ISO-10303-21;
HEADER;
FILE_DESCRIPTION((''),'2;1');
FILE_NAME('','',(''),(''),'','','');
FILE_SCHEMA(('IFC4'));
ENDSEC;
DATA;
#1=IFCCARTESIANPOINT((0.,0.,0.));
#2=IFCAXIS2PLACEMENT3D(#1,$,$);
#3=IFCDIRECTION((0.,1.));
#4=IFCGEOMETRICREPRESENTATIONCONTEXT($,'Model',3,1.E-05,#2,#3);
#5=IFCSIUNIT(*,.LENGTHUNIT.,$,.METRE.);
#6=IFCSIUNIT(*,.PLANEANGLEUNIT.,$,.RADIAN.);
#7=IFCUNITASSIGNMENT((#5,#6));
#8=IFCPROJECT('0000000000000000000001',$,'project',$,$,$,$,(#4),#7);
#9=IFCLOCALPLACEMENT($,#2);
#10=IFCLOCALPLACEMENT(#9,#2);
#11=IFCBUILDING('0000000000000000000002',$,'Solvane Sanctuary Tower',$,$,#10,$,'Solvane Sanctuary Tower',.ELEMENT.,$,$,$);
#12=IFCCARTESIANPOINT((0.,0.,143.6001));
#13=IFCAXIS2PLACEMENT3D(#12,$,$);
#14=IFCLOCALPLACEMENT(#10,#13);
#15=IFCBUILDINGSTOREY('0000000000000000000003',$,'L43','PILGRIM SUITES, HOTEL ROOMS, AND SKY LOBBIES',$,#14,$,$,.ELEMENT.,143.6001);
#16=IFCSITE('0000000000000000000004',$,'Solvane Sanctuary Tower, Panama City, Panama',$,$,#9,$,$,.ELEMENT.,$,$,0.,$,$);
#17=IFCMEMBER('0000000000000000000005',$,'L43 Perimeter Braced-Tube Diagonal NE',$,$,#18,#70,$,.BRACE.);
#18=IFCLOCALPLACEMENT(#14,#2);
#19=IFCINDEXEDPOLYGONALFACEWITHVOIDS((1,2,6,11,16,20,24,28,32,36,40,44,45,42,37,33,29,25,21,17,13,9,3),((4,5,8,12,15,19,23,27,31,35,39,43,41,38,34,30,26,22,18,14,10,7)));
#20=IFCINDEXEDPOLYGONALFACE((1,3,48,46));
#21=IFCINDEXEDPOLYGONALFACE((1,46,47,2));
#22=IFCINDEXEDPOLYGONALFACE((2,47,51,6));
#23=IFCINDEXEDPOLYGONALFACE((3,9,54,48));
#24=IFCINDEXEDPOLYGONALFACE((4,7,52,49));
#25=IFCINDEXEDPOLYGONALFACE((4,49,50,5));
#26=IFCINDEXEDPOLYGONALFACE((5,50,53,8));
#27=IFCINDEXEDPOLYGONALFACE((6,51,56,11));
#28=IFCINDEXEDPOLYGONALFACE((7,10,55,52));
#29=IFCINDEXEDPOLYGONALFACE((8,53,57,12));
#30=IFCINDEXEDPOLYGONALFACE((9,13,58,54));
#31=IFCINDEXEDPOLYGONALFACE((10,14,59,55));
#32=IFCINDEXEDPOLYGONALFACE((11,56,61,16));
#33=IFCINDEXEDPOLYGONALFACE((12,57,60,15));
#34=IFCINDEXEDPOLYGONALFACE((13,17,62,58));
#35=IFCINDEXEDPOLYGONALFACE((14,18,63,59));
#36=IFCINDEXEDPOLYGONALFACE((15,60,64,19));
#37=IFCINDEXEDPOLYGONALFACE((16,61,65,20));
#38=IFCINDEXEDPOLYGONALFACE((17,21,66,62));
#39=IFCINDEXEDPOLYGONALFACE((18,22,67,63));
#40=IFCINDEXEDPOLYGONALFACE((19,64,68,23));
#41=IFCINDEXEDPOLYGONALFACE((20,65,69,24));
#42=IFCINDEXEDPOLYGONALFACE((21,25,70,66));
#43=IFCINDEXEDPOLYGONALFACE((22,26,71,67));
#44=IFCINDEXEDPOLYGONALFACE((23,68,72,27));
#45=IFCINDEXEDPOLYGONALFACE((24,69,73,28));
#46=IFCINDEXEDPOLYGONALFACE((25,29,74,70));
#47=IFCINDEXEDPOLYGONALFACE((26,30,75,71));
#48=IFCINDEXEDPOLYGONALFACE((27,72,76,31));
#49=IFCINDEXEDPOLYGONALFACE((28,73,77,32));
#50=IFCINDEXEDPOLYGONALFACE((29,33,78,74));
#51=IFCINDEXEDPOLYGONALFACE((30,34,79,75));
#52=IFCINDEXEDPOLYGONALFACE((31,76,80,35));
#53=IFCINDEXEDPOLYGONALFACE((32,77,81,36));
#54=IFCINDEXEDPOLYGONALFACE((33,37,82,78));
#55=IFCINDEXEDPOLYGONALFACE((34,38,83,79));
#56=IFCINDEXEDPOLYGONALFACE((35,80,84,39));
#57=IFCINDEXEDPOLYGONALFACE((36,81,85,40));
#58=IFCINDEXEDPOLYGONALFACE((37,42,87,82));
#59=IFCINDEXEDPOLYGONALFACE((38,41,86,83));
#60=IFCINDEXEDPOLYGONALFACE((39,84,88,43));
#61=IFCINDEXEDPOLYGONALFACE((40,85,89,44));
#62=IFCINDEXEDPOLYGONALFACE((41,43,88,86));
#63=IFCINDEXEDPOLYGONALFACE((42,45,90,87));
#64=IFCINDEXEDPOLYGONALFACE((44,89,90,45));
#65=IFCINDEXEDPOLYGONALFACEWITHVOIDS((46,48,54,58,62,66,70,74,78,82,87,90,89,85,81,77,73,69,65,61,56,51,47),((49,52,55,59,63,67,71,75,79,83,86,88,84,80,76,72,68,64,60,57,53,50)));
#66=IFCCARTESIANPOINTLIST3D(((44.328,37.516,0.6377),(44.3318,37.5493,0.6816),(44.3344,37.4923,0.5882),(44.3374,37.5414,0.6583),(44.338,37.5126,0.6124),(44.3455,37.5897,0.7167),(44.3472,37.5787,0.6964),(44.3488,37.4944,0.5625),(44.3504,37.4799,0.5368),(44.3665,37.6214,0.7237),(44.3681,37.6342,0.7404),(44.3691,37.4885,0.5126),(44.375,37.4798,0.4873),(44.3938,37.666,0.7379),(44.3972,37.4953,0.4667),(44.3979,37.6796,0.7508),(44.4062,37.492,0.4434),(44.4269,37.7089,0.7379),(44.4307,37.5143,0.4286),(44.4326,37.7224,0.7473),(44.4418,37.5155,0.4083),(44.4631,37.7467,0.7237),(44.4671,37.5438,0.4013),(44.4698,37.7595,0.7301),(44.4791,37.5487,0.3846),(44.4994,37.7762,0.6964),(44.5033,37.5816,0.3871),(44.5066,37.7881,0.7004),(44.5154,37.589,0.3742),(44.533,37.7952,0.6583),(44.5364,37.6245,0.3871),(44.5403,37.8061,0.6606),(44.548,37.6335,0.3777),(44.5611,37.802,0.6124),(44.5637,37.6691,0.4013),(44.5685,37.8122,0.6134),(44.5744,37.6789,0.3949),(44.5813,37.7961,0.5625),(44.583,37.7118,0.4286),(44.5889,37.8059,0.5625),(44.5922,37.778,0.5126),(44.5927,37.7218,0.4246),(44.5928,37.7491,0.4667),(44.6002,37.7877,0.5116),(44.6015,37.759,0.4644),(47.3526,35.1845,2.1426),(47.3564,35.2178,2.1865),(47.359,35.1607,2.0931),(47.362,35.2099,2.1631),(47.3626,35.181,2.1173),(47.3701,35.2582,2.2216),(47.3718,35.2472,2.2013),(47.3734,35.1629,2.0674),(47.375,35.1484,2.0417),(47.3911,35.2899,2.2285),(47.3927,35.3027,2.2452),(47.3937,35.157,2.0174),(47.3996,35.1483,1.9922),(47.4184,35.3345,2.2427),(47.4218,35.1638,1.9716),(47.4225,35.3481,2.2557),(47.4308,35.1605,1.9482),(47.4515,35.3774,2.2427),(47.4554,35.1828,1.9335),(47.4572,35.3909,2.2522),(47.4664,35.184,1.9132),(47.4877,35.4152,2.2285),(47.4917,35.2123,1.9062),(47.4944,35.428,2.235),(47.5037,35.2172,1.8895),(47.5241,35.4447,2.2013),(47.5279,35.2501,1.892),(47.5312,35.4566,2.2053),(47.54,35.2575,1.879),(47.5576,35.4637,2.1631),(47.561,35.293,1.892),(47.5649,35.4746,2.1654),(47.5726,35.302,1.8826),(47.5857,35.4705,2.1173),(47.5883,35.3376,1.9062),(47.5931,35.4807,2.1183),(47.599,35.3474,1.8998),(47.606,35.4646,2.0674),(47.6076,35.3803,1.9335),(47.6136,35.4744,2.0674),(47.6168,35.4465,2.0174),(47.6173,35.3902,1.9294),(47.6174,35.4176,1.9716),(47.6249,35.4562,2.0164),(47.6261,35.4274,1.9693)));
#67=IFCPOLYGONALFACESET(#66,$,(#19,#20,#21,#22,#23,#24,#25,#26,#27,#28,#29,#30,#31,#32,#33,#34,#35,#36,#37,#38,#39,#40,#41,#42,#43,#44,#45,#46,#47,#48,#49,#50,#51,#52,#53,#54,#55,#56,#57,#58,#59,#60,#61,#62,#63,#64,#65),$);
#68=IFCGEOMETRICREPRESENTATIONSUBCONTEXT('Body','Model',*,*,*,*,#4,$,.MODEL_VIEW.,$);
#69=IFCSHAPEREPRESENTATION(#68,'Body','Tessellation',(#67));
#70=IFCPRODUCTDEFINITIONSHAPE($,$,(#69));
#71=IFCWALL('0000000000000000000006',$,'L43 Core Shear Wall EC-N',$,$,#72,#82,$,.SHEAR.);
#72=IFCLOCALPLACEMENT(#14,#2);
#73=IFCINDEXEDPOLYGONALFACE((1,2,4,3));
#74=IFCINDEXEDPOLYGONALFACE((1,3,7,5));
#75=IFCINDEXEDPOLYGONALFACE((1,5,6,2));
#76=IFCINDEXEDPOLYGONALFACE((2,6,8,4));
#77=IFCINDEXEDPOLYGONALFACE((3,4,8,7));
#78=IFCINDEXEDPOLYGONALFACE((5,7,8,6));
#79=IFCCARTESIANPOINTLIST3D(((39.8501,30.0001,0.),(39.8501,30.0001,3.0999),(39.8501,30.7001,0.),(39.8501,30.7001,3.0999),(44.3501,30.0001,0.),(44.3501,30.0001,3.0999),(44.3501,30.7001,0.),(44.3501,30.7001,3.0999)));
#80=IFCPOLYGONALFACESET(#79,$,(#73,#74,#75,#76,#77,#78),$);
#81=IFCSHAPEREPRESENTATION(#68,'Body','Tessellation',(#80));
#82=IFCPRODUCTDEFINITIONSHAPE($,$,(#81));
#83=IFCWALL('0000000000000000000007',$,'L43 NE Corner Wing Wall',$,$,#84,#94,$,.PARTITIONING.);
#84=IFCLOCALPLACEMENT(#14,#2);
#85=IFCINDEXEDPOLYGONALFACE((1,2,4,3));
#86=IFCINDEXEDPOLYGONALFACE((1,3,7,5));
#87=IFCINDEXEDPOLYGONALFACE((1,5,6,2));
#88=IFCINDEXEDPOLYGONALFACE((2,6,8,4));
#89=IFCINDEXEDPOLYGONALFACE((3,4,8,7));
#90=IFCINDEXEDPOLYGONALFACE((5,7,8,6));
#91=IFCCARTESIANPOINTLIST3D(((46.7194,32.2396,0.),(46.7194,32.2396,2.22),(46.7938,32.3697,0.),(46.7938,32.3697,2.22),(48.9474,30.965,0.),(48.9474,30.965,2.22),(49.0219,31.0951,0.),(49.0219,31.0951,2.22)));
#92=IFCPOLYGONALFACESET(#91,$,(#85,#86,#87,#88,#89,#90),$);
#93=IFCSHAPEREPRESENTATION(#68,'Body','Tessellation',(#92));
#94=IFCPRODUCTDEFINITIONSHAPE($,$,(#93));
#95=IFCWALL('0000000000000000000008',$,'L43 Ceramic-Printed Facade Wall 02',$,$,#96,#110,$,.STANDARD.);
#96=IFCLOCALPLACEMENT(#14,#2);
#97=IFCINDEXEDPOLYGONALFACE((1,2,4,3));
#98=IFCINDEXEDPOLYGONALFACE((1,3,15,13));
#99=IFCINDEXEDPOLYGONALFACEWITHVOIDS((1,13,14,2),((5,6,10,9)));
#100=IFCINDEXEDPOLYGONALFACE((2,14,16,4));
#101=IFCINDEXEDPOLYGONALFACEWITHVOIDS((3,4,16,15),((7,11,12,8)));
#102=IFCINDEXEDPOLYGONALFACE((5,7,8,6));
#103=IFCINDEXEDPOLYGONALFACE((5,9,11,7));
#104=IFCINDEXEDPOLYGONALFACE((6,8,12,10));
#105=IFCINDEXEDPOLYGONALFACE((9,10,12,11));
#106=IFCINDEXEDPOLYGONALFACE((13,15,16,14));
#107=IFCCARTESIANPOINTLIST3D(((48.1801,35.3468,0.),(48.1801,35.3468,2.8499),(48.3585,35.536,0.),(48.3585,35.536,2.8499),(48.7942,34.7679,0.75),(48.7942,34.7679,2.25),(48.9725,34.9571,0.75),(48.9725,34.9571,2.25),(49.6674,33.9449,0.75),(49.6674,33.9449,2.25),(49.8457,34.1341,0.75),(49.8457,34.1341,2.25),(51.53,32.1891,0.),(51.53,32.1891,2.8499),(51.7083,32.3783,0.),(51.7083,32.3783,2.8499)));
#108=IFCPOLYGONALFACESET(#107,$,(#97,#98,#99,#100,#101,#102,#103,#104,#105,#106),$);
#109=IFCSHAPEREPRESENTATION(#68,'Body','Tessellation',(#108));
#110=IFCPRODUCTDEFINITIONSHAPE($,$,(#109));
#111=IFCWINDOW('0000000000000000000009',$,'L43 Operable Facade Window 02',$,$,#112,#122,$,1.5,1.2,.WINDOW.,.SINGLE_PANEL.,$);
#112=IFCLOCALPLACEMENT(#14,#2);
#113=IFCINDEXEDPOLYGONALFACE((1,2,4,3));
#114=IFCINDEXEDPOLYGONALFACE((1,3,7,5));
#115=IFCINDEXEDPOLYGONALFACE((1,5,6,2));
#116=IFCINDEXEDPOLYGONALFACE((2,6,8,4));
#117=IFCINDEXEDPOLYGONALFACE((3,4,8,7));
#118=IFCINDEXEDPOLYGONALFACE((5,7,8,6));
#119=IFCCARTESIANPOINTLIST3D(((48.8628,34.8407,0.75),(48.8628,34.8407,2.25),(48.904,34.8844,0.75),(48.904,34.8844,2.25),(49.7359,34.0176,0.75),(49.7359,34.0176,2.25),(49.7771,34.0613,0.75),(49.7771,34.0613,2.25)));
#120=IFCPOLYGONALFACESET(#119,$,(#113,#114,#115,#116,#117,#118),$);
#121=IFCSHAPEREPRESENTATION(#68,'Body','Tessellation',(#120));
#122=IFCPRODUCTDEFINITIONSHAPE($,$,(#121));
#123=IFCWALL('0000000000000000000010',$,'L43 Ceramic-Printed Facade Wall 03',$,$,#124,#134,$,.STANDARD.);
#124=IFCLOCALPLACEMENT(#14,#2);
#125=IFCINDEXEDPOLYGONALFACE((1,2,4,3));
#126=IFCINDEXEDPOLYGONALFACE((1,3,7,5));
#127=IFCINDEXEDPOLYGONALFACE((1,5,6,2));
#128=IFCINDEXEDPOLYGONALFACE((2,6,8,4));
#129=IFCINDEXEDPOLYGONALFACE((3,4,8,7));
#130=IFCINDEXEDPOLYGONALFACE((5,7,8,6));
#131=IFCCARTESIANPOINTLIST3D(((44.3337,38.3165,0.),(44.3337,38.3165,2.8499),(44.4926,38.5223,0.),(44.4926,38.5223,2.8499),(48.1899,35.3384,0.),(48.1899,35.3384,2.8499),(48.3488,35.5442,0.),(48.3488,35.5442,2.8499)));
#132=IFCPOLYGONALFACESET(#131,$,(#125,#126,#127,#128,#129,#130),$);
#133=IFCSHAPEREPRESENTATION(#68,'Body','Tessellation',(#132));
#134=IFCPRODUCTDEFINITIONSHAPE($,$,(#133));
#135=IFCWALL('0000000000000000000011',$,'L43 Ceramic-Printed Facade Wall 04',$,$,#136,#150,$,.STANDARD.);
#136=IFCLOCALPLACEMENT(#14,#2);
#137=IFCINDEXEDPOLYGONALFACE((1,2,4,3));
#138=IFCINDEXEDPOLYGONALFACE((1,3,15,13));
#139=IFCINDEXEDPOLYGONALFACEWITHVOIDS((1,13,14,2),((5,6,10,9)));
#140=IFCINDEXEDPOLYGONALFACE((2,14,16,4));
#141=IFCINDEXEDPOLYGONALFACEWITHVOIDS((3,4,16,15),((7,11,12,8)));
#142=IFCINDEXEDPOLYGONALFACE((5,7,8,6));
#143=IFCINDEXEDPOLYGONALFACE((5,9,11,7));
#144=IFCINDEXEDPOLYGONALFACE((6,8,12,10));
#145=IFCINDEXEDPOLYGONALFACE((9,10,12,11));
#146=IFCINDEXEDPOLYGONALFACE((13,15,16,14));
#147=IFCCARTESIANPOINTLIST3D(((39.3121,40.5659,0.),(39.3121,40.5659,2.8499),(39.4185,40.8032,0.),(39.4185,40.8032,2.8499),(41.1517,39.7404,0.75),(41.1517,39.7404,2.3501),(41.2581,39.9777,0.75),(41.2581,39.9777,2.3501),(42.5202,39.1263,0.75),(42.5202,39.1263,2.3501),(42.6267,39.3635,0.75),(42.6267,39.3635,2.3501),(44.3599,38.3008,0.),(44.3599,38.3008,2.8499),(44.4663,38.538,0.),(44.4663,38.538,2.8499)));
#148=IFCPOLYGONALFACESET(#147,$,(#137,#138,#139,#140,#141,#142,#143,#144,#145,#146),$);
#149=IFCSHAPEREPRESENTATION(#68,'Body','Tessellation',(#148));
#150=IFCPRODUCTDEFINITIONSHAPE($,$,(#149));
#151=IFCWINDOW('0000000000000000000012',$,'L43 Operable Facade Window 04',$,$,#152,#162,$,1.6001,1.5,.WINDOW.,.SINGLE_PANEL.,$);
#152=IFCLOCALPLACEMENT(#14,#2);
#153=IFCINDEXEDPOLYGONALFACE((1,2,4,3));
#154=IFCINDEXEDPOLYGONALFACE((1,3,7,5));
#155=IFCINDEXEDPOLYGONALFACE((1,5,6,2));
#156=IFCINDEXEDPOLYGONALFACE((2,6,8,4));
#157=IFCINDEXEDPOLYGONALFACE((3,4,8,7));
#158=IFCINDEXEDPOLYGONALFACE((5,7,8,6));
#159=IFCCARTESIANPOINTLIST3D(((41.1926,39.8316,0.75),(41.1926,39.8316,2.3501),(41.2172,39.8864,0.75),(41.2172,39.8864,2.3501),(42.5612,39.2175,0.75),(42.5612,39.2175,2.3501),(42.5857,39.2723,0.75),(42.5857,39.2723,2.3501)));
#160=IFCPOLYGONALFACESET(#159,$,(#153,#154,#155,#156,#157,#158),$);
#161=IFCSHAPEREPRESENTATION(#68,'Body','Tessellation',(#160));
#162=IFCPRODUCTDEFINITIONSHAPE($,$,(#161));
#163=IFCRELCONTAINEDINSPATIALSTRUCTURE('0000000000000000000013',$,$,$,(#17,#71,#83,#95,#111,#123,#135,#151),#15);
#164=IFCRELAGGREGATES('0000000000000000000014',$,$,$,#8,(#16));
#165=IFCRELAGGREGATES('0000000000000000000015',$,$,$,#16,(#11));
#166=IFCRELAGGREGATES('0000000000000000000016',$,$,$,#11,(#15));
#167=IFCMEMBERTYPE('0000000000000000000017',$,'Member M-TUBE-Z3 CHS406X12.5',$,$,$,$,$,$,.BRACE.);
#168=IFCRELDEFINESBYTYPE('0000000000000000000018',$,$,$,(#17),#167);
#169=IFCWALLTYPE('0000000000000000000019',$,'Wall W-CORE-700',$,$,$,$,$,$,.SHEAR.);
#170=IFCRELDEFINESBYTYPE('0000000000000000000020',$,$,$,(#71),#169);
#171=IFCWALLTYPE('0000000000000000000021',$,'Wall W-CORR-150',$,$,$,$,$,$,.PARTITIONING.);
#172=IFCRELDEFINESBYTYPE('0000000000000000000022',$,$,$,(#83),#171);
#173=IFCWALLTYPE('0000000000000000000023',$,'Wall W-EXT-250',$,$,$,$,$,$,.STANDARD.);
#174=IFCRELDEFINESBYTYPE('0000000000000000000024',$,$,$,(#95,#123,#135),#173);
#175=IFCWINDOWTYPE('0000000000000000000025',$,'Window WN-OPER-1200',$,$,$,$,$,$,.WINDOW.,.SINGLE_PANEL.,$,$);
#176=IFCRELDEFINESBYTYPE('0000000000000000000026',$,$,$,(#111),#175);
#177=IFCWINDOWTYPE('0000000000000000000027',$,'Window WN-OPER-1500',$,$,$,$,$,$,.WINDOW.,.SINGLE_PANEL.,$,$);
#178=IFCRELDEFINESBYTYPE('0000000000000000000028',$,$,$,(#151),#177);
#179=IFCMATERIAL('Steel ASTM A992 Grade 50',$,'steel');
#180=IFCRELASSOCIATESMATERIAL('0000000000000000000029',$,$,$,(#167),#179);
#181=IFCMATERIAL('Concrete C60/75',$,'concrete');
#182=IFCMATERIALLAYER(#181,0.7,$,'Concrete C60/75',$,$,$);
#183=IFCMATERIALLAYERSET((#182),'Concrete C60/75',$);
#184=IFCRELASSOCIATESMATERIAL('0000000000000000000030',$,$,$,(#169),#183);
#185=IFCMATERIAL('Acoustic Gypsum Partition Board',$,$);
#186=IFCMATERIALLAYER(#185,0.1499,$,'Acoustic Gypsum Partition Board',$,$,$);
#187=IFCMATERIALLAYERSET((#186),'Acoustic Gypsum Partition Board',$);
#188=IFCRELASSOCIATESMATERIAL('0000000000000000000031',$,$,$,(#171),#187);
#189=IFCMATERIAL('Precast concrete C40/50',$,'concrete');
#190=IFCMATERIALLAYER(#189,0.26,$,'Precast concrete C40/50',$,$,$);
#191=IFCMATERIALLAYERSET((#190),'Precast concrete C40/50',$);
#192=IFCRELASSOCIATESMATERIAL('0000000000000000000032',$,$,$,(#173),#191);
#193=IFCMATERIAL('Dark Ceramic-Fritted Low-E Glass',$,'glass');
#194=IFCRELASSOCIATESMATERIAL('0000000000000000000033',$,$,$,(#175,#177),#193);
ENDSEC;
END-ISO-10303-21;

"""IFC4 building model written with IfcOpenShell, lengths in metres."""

from ifc_helpers import new_model, si_unit, direction, frame, frame_2d, origin, origin_2d, place, context, subcontext, project, spatial, rectangle, hollow_circle, extrude, material, layer, layer_set, material_profile, profile_set, type_object, element, fill, save


model = new_model("IFC4")

# Units and contexts
model_context = context("Model", 3, precision=1e-05, world=origin(), true_north=direction((0.0, 1.0)))
body_context = subcontext(model_context, "Body", "Model", "MODEL_VIEW")
ifc_project = project(units=[si_unit("LENGTHUNIT", "METRE"), si_unit("PLANEANGLEUNIT", "RADIAN")], contexts=[model_context])

# Site, building, storey
site_placement = place(None, origin())
site = spatial("IfcSite", under=ifc_project, at=site_placement, Name="Solvane Sanctuary Tower, Panama City, Panama", CompositionType="ELEMENT", RefElevation=0.0)
building_placement = place(site_placement, origin())
building = spatial("IfcBuilding", under=site, at=building_placement, Name="Solvane Sanctuary Tower", LongName="Solvane Sanctuary Tower", CompositionType="ELEMENT")
storey_placement = place(building_placement, frame((0.0, 0.0, 143.6001)))
storey = spatial("IfcBuildingStorey", under=building, at=storey_placement, Name="L43", Description="PILGRIM SUITES, HOTEL ROOMS, AND SKY LOBBIES", CompositionType="ELEMENT", Elevation=143.6001)

# Shared definitions
ifc_material_1 = material(Name="Concrete C60/75", Category="concrete")

# Shared definitions
ifc_material_2 = material(Name="Steel ASTM A992 Grade 50", Category="steel")

# Member
ifc_material_profile_1 = material_profile(ifc_material_2, hollow_circle(Radius=0.2029, WallThickness=0.0125, at=origin_2d()), Name="CHS406X12.5")
ifc_profile_set_1 = profile_set([ifc_material_profile_1], Name="Steel ASTM A992 Grade 50")
member_type = type_object("IfcMemberType", Name="Member M-TUBE-Z3 CHS406X12.5", PredefinedType="BRACE", material=ifc_profile_set_1)
member_placement = place(storey_placement, frame((44.4651, 37.6453, 0.5625), z_axis=(0.73686, -0.568005, 0.366616), x_axis=(0.610514, 0.792006, 0.0)))
element("IfcMember", 1, at=member_placement, inside=storey, type_object=member_type, Name="L43 Perimeter Braced-Tube Diagonal NE", PredefinedType="BRACE", context=body_context, shape_type="SweptSolid", body=[
    extrude(hollow_circle(Radius=0.2029, WallThickness=0.0125, at=origin_2d()), origin(), (0.0, 0.0, 1.0), 4.1047),
])

# Walls
ifc_layer_1 = layer(ifc_material_1, 0.7, Name="Concrete C60/75")
ifc_layer_set_1 = layer_set([ifc_layer_1], Name="Concrete C60/75")
wall_type_1 = type_object("IfcWallType", Name="Wall W-CORE-700", PredefinedType="SHEAR", material=ifc_layer_set_1)
wall_1_placement = place(storey_placement, frame((39.8501, 30.3501, 0.0), z_axis=(0.0, 0.0, 1.0), x_axis=(1.0, 0.0, 0.0)))
element("IfcWall", 2, at=wall_1_placement, inside=storey, type_object=wall_type_1, Name="L43 Core Shear Wall EC-N", PredefinedType="SHEAR", context=body_context, shape_type="SweptSolid", body=[
    extrude(rectangle(XDim=4.5, YDim=0.7, at=frame_2d((2.25, 0.0))), origin(), (0.0, 0.0, 1.0), 3.0999),
])
ifc_material_3 = material(Name="Acoustic Gypsum Partition Board")
ifc_layer_2 = layer(ifc_material_3, 0.1499, Name="Acoustic Gypsum Partition Board")
ifc_layer_set_2 = layer_set([ifc_layer_2], Name="Acoustic Gypsum Partition Board")
wall_type_2 = type_object("IfcWallType", Name="Wall W-CORR-150", PredefinedType="PARTITIONING", material=ifc_layer_set_2)
wall_2_placement = place(storey_placement, frame((46.7566, 32.3047, 0.0), z_axis=(0.0, 0.0, 1.0), x_axis=(0.867991, -0.496579, 0.0)))
element("IfcWall", 3, at=wall_2_placement, inside=storey, type_object=wall_type_2, Name="L43 NE Corner Wing Wall", PredefinedType="PARTITIONING", context=body_context, shape_type="SweptSolid", body=[
    extrude(rectangle(XDim=2.5669, YDim=0.1499, at=frame_2d((1.2834, 0.0))), origin(), (0.0, 0.0, 1.0), 2.22),
])

# Wall, opening, window
ifc_material_4 = material(Name="Precast concrete C40/50", Category="concrete")
ifc_layer_3 = layer(ifc_material_4, 0.26, Name="Precast concrete C40/50")
ifc_layer_set_3 = layer_set([ifc_layer_3], Name="Precast concrete C40/50")
wall_type_3 = type_object("IfcWallType", Name="Wall W-EXT-250", PredefinedType="STANDARD", material=ifc_layer_set_3)
wall_3_placement = place(storey_placement, frame((51.6191, 32.2837, 0.0), z_axis=(0.0, 0.0, 1.0), x_axis=(-0.727667, 0.68593, 0.0)))
wall_3 = element("IfcWall", 4, at=wall_3_placement, inside=storey, type_object=wall_type_3, Name="L43 Ceramic-Printed Facade Wall 02", PredefinedType="STANDARD", context=body_context, shape_type="SweptSolid", body=[
    extrude(rectangle(XDim=4.6035, YDim=0.26, at=frame_2d((2.3018, 0.0))), origin(), (0.0, 0.0, 1.0), 2.8499),
])
opening_1_placement = place(wall_3_placement, frame((2.5596, 0.0, 0.75)))
opening_1 = element("IfcOpeningElement", 5, at=opening_1_placement, cuts=wall_3, PredefinedType="OPENING", context=body_context, shape_type="SweptSolid", body=[
    extrude(rectangle(XDim=1.2, YDim=1.5, at=frame_2d((0.6001, 0.75))), frame((0.0, 0.1399, 0.0), z_axis=(0.0, -1.0, 0.0), x_axis=(1.0, 0.0, 0.0)), (0.0, 0.0, 1.0), 0.28),
])
ifc_material_5 = material(Name="Dark Ceramic-Fritted Low-E Glass", Category="glass")
window_type_1 = type_object("IfcWindowType", Name="Window WN-OPER-1200", PartitioningType="SINGLE_PANEL", PredefinedType="WINDOW", material=ifc_material_5)
window_1_placement = place(opening_1_placement, origin())
window_1 = element("IfcWindow", 6, at=window_1_placement, inside=storey, type_object=window_type_1, Name="L43 Operable Facade Window 02", OverallHeight=1.5, OverallWidth=1.2, PartitioningType="SINGLE_PANEL", PredefinedType="WINDOW", context=body_context, shape_type="SweptSolid", body=[
    extrude(rectangle(XDim=1.2, YDim=1.5, at=frame_2d((0.6001, 0.75))), frame((0.0, 0.03, 0.0), z_axis=(0.0, -1.0, 0.0), x_axis=(1.0, 0.0, 0.0)), (0.0, 0.0, 1.0), 0.0601),
])
fill(opening_1, window_1)

# Wall
wall_4_placement = place(storey_placement, frame((48.2693, 35.4414, 0.0), z_axis=(0.0, 0.0, 1.0), x_axis=(-0.79146, 0.611221, 0.0)))
element("IfcWall", 7, at=wall_4_placement, inside=storey, type_object=wall_type_3, Name="L43 Ceramic-Printed Facade Wall 03", PredefinedType="STANDARD", context=body_context, shape_type="SweptSolid", body=[
    extrude(rectangle(XDim=4.8723, YDim=0.26, at=frame_2d((2.436, 0.0))), origin(), (0.0, 0.0, 1.0), 2.8499),
])

# Wall, opening, window
wall_5_placement = place(storey_placement, frame((44.4131, 38.4194, 0.0), z_axis=(0.0, 0.0, 1.0), x_axis=(-0.912354, 0.409403, 0.0)))
wall_5 = element("IfcWall", 8, at=wall_5_placement, inside=storey, type_object=wall_type_3, Name="L43 Ceramic-Printed Facade Wall 04", PredefinedType="STANDARD", context=body_context, shape_type="SweptSolid", body=[
    extrude(rectangle(XDim=5.5327, YDim=0.26, at=frame_2d((2.7664, 0.0))), origin(), (0.0, 0.0, 1.0), 2.8499),
])
opening_2_placement = place(wall_5_placement, frame((2.0164, 0.0, 0.75)))
opening_2 = element("IfcOpeningElement", 9, at=opening_2_placement, cuts=wall_5, PredefinedType="OPENING", context=body_context, shape_type="SweptSolid", body=[
    extrude(rectangle(XDim=1.5, YDim=1.6001, at=frame_2d((0.75, 0.8))), frame((0.0, 0.1399, 0.0), z_axis=(0.0, -1.0, 0.0), x_axis=(1.0, 0.0, 0.0)), (0.0, 0.0, 1.0), 0.28),
])
window_type_2 = type_object("IfcWindowType", Name="Window WN-OPER-1500", PartitioningType="SINGLE_PANEL", PredefinedType="WINDOW", material=ifc_material_5)
window_2_placement = place(opening_2_placement, origin())
window_2 = element("IfcWindow", 10, at=window_2_placement, inside=storey, type_object=window_type_2, Name="L43 Operable Facade Window 04", OverallHeight=1.6001, OverallWidth=1.5, PartitioningType="SINGLE_PANEL", PredefinedType="WINDOW", context=body_context, shape_type="SweptSolid", body=[
    extrude(rectangle(XDim=1.5, YDim=1.6001, at=frame_2d((0.75, 0.8))), frame((0.0, 0.03, 0.0), z_axis=(0.0, -1.0, 0.0), x_axis=(1.0, 0.0, 0.0)), (0.0, 0.0, 1.0), 0.0601),
])
fill(opening_2, window_2)

save(model, "model.ifc")
